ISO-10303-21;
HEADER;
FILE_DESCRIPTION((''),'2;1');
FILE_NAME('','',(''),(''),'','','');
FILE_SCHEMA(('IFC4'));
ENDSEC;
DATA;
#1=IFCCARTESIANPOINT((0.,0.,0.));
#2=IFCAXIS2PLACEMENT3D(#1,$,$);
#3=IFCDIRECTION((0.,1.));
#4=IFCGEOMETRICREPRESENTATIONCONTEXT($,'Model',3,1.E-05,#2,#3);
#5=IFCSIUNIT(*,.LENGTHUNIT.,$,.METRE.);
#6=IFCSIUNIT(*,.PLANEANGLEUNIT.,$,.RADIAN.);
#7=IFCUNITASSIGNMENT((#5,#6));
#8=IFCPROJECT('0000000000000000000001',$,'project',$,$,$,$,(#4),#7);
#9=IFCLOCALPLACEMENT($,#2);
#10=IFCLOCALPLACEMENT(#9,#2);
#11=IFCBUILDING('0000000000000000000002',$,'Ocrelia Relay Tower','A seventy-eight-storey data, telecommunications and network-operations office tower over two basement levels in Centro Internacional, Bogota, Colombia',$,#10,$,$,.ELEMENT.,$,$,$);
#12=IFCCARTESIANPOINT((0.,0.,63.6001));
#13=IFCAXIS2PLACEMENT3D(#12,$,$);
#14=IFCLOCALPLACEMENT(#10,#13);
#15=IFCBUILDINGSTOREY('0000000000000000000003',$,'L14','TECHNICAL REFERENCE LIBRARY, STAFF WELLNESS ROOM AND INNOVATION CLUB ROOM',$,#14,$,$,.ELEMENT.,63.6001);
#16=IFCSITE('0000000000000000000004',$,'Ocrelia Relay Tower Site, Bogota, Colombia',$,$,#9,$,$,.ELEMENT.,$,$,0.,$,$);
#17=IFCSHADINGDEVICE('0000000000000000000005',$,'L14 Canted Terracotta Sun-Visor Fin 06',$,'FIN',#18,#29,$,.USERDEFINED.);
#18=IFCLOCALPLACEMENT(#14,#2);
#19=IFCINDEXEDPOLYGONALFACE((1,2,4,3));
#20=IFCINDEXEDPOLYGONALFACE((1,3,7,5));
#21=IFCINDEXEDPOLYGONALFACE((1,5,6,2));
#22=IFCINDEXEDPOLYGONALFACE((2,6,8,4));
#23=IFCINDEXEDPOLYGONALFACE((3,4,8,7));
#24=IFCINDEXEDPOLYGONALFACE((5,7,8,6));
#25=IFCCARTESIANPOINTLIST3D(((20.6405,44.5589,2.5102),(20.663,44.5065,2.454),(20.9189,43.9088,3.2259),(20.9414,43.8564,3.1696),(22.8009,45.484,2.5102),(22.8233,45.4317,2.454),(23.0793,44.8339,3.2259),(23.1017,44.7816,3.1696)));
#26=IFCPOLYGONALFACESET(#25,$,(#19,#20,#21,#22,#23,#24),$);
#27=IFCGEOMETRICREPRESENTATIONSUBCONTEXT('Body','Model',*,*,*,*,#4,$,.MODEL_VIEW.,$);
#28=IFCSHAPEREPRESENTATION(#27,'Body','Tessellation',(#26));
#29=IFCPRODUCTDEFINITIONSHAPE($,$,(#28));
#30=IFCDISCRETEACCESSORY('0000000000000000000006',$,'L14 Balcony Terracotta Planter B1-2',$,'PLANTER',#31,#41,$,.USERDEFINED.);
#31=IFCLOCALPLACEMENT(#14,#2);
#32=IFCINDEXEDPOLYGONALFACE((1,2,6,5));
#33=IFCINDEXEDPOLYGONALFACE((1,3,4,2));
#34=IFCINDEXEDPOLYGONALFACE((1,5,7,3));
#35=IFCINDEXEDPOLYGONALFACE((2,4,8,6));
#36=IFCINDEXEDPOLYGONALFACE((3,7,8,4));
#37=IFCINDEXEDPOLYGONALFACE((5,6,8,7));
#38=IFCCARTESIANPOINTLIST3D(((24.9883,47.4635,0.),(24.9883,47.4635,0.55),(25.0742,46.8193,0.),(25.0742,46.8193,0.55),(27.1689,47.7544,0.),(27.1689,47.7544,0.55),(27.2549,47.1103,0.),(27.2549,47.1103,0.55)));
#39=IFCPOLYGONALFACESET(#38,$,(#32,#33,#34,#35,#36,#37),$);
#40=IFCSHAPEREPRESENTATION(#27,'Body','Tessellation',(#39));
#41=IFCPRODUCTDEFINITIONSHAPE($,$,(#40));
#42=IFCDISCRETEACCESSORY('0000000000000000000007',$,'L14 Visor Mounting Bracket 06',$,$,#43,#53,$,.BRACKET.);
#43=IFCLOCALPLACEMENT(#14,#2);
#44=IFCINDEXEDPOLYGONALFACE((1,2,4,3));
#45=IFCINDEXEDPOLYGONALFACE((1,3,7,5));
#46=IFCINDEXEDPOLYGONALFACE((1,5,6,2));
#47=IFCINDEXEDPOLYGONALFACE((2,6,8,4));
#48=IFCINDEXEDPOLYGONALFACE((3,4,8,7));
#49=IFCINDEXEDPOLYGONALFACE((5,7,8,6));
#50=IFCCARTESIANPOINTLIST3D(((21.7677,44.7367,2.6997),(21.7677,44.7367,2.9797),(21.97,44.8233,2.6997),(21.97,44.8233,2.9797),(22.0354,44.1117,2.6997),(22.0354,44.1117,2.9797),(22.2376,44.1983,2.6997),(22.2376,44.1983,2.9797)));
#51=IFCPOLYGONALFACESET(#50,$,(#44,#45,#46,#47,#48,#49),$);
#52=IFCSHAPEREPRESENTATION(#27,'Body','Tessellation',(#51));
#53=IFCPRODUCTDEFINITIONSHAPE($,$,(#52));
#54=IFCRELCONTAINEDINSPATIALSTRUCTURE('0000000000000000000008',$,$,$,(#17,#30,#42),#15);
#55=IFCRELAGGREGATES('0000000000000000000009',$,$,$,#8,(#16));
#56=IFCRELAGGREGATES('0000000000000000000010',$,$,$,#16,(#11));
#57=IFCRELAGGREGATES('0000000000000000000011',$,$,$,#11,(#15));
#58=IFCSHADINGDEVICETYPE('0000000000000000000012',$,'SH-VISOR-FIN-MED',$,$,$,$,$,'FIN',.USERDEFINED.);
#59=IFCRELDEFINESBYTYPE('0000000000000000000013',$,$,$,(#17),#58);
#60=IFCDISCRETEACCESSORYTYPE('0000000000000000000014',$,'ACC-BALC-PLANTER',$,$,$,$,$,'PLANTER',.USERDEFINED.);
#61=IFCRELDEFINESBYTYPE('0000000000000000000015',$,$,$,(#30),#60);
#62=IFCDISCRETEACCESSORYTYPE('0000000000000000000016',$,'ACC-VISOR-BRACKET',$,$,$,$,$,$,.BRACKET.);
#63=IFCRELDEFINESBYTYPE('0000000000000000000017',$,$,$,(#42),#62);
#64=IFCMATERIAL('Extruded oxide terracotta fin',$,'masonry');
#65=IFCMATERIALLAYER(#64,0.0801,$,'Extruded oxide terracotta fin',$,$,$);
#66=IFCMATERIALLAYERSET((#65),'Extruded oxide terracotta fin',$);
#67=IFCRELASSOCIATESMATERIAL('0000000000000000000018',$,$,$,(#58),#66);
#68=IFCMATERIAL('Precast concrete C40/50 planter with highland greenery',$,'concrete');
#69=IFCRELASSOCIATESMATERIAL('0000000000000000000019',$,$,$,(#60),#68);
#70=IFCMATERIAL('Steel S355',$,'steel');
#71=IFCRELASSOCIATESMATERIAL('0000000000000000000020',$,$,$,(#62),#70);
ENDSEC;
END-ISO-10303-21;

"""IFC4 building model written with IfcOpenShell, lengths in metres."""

from ifc_helpers import new_model, si_unit, direction, frame, origin, origin_2d, place, context, subcontext, project, spatial, rectangle, extrude, material, layer, layer_set, type_object, element, save


model = new_model("IFC4")

# Units and contexts
model_context = context("Model", 3, precision=1e-05, world=origin(), true_north=direction((0.0, 1.0)))
body_context = subcontext(model_context, "Body", "Model", "MODEL_VIEW")
ifc_project = project(units=[si_unit("LENGTHUNIT", "METRE"), si_unit("PLANEANGLEUNIT", "RADIAN")], contexts=[model_context])

# Site, building, storey
site_placement = place(None, origin())
site = spatial("IfcSite", under=ifc_project, at=site_placement, Name="Ocrelia Relay Tower Site, Bogota, Colombia", CompositionType="ELEMENT", RefElevation=0.0)
building_placement = place(site_placement, origin())
building = spatial("IfcBuilding", under=site, at=building_placement, Name="Ocrelia Relay Tower", Description="A seventy-eight-storey data, telecommunications and network-operations office tower over two basement levels in Centro Internacional, Bogota, Colombia", CompositionType="ELEMENT")
storey_placement = place(building_placement, frame((0.0, 0.0, 63.6001)))
storey = spatial("IfcBuildingStorey", under=building, at=storey_placement, Name="L14", Description="TECHNICAL REFERENCE LIBRARY, STAFF WELLNESS ROOM AND INNOVATION CLUB ROOM", CompositionType="ELEMENT", Elevation=63.6001)

# Shared definitions
ifc_material_1 = material(Name="Steel S355", Category="steel")

# Shading device
ifc_material_2 = material(Name="Extruded oxide terracotta fin", Category="masonry")
ifc_layer_1 = layer(ifc_material_2, 0.0801, Name="Extruded oxide terracotta fin")
ifc_layer_set_1 = layer_set([ifc_layer_1], Name="Extruded oxide terracotta fin")
shading_device_type_1 = type_object("IfcShadingDeviceType", Name="SH-VISOR-FIN-MED", ElementType="FIN", PredefinedType="USERDEFINED", material=ifc_layer_set_1)
shading_device_1_placement = place(storey_placement, frame((21.8823, 44.644, 2.8118), z_axis=(-0.280009, 0.653857, 0.702898), x_axis=(-0.919255, -0.393663, 0.0)))
element("IfcShadingDevice", 1, at=shading_device_1_placement, inside=storey, type_object=shading_device_type_1, Name="L14 Canted Terracotta Sun-Visor Fin 06", ObjectType="FIN", PredefinedType="USERDEFINED", context=body_context, shape_type="SweptSolid", body=[
    extrude(rectangle(XDim=2.3501, YDim=1.0061, at=origin_2d()), origin(), (0.0, 0.0, 1.0), 0.0801),
])

# Discrete accessories
ifc_material_3 = material(Name="Precast concrete C40/50 planter with highland greenery", Category="concrete")
discrete_accessory_type_1 = type_object("IfcDiscreteAccessoryType", Name="ACC-BALC-PLANTER", ElementType="PLANTER", PredefinedType="USERDEFINED", material=ifc_material_3)
discrete_accessory_1_placement = place(storey_placement, frame((26.1216, 47.2869, 0.0), z_axis=(0.0, 0.0, 1.0), x_axis=(0.991215, 0.13226, 0.0)))
element("IfcDiscreteAccessory", 2, at=discrete_accessory_1_placement, inside=storey, type_object=discrete_accessory_type_1, Name="L14 Balcony Terracotta Planter B1-2", ObjectType="PLANTER", PredefinedType="USERDEFINED", context=body_context, shape_type="SweptSolid", body=[
    extrude(rectangle(XDim=2.2, YDim=0.6499, at=origin_2d()), origin(), (0.0, 0.0, 1.0), 0.55),
])
discrete_accessory_type_2 = type_object("IfcDiscreteAccessoryType", Name="ACC-VISOR-BRACKET", PredefinedType="BRACKET", material=ifc_material_1)
discrete_accessory_2_placement = place(storey_placement, frame((22.0027, 44.4675, 2.6997), z_axis=(0.0, 0.0, 1.0), x_axis=(-0.919255, -0.393663, 0.0)))
element("IfcDiscreteAccessory", 3, at=discrete_accessory_2_placement, inside=storey, type_object=discrete_accessory_type_2, Name="L14 Visor Mounting Bracket 06", PredefinedType="BRACKET", context=body_context, shape_type="SweptSolid", body=[
    extrude(rectangle(XDim=0.22, YDim=0.6799, at=origin_2d()), origin(), (0.0, 0.0, 1.0), 0.28),
])

save(model, "model.ifc")
